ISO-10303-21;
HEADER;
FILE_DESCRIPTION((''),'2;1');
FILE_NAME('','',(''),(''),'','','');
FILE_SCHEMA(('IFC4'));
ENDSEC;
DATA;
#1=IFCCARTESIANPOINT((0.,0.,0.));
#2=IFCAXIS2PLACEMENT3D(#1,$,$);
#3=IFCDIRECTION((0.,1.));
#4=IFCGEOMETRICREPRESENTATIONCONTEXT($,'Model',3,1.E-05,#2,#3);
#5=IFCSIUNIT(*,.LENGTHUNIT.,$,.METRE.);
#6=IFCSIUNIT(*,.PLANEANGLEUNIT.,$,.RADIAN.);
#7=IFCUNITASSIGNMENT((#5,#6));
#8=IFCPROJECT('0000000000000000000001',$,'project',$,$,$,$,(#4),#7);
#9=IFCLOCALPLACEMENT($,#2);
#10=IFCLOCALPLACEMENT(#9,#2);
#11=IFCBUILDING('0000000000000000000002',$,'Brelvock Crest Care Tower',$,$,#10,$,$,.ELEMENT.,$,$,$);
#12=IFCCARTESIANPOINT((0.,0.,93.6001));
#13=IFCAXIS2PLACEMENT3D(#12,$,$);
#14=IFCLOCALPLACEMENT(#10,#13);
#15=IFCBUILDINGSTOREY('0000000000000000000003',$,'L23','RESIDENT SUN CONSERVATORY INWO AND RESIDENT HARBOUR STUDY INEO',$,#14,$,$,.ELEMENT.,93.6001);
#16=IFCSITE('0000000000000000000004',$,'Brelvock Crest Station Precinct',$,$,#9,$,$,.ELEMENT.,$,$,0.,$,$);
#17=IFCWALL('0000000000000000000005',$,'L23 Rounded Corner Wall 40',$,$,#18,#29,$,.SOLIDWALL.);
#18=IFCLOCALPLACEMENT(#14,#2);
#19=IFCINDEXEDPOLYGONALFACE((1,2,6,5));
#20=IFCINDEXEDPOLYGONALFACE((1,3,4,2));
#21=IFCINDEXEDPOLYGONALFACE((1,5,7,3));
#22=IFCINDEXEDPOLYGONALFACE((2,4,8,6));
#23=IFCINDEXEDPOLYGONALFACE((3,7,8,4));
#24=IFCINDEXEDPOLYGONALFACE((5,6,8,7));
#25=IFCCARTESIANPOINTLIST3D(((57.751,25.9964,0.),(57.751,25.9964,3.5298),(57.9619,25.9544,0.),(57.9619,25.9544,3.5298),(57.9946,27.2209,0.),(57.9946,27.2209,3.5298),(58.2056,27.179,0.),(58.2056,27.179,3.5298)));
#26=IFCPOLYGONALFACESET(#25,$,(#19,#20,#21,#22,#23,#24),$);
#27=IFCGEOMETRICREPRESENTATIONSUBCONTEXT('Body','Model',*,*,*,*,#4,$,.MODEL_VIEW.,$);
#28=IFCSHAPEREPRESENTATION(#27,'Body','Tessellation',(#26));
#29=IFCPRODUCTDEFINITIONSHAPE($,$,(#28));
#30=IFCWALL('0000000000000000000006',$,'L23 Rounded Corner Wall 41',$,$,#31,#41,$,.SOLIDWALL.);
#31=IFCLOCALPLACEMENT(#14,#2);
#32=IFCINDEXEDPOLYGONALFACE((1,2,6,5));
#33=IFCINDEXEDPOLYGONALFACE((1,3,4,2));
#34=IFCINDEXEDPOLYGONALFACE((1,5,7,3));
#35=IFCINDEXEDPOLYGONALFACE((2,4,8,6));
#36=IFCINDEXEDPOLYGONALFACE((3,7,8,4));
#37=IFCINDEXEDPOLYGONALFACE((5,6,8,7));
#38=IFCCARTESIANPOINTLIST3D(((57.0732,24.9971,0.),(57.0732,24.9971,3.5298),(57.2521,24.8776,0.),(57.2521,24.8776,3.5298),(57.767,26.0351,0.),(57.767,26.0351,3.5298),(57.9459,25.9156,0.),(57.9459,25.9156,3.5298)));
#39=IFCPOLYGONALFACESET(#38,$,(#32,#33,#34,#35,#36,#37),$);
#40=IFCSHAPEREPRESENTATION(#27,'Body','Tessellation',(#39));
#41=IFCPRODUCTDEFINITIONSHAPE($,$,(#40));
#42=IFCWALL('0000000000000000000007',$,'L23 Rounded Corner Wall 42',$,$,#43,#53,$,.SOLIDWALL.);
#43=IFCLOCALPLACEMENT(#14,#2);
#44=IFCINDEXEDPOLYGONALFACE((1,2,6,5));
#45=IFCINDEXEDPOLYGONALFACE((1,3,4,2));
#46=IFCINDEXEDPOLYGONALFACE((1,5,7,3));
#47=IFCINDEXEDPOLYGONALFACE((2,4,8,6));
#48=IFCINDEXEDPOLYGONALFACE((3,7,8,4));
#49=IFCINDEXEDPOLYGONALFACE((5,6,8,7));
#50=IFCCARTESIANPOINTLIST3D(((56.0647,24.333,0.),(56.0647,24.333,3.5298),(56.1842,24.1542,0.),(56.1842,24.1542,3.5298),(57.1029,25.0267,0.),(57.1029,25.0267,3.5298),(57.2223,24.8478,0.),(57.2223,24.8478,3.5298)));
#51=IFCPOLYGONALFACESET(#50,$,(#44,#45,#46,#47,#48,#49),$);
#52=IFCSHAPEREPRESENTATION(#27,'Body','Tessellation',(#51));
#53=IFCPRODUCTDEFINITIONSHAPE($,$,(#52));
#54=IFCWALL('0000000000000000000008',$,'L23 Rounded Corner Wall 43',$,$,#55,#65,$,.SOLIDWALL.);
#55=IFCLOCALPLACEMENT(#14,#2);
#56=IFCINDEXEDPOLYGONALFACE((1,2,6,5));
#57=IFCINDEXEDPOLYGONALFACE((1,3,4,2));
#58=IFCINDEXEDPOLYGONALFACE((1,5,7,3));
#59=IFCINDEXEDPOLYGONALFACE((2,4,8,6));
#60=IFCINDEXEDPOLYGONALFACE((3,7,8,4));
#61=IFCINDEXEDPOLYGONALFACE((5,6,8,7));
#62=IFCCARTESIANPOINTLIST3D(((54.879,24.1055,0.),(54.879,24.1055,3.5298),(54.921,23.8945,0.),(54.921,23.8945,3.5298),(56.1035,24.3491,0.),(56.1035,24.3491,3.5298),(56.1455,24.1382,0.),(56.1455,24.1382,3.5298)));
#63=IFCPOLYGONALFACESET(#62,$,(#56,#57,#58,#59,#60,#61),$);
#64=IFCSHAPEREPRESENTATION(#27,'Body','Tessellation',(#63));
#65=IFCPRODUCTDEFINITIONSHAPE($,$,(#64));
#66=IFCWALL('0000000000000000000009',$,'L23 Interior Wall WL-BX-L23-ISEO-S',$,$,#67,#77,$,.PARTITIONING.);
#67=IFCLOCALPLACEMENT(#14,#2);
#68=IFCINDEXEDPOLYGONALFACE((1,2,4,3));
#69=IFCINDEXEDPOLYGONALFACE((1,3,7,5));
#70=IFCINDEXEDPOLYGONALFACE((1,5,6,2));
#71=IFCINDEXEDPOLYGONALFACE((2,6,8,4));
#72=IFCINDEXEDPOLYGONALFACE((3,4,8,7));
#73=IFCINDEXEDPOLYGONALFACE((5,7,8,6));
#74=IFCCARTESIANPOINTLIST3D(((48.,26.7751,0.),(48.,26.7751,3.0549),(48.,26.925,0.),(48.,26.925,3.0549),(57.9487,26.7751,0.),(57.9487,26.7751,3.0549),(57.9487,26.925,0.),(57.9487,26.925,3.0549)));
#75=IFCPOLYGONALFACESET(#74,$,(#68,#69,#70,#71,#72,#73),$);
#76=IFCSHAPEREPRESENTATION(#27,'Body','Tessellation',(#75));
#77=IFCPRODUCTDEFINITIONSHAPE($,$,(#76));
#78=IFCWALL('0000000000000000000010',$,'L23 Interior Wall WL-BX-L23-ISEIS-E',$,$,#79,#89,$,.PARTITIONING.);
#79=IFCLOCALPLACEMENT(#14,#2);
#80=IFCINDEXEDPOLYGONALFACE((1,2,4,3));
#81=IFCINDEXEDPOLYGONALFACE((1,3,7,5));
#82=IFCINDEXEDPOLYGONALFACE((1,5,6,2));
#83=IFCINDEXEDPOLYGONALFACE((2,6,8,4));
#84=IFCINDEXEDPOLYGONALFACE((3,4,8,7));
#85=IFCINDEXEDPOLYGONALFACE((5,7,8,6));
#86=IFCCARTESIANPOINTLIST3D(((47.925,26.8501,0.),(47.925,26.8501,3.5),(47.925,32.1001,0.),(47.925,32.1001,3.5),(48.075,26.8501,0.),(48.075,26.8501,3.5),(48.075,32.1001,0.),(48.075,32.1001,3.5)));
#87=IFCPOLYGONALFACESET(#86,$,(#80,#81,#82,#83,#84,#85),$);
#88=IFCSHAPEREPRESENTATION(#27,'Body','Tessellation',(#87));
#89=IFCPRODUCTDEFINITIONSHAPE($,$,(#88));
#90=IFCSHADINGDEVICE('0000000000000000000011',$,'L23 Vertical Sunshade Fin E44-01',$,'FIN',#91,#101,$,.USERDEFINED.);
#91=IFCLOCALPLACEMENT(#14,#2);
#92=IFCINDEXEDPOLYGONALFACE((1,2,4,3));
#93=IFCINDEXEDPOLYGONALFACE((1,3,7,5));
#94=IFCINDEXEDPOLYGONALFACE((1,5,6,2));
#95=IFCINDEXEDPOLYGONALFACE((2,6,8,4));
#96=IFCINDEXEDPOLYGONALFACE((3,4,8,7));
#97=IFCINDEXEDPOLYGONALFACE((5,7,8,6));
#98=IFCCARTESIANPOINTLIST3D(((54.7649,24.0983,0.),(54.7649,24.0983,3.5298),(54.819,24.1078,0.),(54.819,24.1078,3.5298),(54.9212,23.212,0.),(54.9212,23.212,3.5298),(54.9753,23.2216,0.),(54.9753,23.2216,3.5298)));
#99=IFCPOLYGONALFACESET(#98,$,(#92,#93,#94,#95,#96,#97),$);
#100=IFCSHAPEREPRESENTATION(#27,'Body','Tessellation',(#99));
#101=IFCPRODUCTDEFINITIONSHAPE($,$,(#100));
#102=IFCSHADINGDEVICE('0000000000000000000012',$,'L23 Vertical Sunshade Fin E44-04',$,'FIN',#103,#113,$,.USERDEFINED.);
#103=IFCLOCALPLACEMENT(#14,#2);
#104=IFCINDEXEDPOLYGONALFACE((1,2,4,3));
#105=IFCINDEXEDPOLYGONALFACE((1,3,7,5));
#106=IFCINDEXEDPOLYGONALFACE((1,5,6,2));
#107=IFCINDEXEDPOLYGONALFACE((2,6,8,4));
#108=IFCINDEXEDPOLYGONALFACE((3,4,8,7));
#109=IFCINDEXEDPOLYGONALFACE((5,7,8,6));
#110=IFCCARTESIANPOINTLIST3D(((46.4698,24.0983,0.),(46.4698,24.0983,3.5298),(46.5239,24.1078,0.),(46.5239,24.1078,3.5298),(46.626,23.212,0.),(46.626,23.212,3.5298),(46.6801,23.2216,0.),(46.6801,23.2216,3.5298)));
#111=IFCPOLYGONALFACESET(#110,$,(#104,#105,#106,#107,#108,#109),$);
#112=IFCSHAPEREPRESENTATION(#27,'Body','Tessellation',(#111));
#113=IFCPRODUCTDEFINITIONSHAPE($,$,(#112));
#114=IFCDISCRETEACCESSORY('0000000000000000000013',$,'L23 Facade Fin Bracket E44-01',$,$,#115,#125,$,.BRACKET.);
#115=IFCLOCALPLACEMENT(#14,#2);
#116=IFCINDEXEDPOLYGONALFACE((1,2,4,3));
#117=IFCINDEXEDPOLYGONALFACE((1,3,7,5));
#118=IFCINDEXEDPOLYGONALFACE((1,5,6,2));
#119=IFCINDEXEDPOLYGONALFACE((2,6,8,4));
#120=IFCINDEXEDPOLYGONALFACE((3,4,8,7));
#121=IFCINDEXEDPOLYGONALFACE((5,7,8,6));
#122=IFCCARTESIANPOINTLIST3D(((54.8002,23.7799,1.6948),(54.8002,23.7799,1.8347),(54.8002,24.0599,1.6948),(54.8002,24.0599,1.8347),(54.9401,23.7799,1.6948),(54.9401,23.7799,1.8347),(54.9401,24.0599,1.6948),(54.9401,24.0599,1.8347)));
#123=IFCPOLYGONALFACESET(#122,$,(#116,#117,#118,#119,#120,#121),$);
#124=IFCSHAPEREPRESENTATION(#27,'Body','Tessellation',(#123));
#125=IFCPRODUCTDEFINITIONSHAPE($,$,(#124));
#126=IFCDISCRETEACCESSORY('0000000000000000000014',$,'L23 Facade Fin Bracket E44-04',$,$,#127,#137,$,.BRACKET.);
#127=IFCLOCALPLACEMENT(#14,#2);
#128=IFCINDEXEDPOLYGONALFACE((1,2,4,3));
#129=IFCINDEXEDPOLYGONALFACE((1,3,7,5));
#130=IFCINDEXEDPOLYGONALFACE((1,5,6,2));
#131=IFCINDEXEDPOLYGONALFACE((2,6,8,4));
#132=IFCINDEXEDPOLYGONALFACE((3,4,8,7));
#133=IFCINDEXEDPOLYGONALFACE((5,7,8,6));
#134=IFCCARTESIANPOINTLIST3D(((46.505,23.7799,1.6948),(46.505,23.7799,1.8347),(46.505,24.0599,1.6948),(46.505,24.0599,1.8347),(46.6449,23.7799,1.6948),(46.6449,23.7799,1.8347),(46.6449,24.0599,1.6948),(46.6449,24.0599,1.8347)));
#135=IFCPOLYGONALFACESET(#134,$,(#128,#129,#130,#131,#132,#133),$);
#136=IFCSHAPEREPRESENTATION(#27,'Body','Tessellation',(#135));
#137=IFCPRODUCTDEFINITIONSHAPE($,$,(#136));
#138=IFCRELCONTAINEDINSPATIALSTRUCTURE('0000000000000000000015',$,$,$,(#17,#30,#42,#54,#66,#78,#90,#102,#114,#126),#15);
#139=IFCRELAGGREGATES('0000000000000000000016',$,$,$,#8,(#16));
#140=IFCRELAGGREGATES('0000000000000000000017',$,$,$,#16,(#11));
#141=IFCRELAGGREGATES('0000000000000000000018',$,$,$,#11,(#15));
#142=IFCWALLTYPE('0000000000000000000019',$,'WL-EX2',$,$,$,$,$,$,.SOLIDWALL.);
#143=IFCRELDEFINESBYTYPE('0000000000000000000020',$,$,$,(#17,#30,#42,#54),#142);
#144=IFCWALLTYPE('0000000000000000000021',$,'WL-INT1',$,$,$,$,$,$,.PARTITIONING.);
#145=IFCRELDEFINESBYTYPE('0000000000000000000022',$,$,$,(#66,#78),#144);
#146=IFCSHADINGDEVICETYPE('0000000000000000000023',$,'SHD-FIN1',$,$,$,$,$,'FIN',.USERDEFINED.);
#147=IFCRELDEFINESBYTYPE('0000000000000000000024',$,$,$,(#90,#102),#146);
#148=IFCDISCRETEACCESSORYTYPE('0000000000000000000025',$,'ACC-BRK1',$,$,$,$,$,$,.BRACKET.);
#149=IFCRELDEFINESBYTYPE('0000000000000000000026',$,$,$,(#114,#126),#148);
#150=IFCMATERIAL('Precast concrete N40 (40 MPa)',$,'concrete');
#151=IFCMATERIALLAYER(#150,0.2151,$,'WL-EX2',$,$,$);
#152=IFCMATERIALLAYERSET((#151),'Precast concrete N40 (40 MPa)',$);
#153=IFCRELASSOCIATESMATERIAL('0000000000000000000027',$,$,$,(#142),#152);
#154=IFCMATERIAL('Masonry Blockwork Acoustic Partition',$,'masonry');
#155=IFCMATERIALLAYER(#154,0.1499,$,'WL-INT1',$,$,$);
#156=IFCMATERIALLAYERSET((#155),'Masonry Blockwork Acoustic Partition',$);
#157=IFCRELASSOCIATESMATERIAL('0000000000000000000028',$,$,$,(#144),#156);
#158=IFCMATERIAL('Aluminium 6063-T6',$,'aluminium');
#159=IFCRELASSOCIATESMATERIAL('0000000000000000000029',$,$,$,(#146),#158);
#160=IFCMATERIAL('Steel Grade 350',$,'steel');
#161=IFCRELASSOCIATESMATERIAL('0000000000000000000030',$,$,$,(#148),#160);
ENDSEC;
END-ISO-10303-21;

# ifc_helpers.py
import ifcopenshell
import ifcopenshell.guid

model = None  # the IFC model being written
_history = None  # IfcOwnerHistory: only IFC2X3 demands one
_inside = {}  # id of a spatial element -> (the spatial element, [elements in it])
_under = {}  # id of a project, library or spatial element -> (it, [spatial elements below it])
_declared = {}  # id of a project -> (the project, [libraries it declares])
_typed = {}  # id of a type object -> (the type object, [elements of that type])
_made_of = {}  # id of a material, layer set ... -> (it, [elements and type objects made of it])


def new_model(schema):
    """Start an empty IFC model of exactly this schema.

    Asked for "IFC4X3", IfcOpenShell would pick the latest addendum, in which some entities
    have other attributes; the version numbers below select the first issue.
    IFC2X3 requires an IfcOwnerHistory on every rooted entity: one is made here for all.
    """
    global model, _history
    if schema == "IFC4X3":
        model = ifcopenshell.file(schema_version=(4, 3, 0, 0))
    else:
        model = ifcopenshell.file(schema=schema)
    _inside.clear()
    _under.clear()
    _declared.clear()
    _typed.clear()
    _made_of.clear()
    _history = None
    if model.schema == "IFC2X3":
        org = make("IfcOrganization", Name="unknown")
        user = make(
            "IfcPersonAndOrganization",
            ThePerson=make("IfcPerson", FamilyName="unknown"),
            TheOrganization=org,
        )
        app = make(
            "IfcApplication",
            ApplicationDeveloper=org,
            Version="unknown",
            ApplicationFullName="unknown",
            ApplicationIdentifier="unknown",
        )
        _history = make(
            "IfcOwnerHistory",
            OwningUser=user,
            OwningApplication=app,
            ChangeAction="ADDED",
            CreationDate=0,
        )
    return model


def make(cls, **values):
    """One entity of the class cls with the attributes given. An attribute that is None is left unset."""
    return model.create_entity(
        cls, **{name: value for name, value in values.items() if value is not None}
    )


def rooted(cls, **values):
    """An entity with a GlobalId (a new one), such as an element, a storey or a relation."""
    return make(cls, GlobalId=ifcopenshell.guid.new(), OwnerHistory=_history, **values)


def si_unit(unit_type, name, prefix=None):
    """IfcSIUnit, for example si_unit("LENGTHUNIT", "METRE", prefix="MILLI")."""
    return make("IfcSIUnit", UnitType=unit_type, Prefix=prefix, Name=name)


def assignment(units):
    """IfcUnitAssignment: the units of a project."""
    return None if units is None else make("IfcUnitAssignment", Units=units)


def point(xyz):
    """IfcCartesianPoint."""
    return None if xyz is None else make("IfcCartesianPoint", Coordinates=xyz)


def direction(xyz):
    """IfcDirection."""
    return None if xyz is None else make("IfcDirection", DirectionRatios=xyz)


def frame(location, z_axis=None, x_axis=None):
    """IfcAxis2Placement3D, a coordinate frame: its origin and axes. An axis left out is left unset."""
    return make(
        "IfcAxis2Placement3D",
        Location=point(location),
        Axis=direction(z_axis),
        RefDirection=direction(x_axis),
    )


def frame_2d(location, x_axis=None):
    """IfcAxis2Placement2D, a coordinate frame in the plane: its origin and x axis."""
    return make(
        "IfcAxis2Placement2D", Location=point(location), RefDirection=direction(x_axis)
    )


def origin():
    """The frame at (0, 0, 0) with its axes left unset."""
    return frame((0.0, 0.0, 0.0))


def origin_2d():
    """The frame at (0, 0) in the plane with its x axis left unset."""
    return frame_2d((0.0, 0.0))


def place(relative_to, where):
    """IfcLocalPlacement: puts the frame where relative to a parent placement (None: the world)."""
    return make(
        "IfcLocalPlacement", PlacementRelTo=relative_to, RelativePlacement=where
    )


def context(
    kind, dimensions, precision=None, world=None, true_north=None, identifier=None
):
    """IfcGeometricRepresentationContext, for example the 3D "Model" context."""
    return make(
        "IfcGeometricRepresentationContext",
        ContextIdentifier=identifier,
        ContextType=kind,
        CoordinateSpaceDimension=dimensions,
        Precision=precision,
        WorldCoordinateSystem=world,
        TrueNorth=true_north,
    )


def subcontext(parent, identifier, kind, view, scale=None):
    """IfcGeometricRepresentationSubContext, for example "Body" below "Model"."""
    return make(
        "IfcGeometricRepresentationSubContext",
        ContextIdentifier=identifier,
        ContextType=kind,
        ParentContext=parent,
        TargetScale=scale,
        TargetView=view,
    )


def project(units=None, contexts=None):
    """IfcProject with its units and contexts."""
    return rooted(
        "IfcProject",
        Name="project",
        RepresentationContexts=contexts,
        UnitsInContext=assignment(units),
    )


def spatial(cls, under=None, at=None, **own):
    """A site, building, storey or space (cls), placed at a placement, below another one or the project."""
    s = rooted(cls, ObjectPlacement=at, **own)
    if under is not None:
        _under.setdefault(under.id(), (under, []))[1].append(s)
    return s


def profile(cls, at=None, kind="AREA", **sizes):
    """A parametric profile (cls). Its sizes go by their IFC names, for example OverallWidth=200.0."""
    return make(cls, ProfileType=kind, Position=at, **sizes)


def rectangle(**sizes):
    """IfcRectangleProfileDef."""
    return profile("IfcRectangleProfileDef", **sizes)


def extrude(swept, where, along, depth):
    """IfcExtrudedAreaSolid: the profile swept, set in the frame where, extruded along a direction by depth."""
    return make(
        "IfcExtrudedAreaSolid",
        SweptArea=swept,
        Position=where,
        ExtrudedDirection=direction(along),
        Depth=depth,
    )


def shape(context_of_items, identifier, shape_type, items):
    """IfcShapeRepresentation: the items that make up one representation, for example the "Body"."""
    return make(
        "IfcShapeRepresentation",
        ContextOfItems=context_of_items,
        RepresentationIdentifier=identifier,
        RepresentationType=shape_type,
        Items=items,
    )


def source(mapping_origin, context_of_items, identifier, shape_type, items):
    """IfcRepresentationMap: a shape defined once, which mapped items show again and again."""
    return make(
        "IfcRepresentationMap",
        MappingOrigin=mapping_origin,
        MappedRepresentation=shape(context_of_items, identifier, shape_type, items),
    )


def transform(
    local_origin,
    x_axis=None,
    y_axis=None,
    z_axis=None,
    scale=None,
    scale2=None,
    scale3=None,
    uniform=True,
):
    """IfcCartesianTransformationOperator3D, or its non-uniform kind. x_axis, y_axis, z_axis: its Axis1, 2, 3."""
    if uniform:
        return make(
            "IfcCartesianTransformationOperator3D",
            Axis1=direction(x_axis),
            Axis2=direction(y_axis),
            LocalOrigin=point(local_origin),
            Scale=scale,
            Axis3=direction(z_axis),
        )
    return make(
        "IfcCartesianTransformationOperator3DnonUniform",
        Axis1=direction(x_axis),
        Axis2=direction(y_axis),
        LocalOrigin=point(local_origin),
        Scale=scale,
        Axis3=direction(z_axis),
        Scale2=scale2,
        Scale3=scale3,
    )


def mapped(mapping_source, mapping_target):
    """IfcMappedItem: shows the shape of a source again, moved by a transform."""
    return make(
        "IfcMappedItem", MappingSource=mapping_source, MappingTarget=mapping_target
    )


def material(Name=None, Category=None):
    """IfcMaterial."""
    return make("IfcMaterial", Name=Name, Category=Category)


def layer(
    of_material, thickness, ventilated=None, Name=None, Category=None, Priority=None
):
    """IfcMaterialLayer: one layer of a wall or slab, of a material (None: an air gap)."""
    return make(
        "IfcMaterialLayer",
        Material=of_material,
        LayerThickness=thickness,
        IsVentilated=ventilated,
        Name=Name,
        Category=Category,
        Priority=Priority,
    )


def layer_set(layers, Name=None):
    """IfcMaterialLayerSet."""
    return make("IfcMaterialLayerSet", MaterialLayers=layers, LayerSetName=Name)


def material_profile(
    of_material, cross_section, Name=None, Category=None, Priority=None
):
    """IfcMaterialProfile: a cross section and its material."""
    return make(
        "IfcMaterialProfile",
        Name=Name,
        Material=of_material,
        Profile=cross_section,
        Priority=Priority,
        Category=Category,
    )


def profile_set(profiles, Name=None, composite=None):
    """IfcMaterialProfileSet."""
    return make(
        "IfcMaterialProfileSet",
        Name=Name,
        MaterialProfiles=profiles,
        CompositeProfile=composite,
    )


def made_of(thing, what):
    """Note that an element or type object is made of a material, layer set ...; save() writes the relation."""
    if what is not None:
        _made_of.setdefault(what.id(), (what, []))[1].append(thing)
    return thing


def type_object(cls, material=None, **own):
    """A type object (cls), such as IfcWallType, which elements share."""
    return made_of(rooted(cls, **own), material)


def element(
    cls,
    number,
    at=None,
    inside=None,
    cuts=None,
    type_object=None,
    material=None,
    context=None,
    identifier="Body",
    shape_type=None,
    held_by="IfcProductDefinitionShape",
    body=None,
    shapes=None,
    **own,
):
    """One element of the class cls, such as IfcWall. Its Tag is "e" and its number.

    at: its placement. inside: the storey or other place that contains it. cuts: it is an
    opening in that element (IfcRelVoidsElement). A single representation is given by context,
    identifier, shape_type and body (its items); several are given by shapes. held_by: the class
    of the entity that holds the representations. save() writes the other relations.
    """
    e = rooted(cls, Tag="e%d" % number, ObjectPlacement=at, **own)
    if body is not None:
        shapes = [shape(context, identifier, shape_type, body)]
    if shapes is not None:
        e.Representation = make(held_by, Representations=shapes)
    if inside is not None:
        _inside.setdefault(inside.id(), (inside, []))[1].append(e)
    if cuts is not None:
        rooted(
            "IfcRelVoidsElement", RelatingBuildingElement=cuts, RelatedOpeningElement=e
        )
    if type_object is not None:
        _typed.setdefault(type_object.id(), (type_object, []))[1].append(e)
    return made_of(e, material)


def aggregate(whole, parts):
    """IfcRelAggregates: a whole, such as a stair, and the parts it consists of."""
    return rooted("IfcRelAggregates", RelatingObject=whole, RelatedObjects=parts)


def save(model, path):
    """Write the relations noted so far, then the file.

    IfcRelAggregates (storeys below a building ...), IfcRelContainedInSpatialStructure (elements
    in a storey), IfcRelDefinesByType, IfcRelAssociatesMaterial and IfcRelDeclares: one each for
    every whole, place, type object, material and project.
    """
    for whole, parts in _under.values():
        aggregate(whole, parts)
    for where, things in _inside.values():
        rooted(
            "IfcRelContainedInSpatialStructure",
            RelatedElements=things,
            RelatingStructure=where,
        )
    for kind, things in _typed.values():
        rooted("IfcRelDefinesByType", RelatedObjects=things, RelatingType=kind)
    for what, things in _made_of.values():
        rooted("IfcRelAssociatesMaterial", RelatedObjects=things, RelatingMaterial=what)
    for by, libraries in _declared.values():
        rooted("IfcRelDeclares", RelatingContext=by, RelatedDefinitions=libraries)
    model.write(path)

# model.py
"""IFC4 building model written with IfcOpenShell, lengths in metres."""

from ifc_helpers import new_model, si_unit, direction, frame, frame_2d, origin, origin_2d, place, context, subcontext, project, spatial, rectangle, extrude, source, transform, mapped, material, layer, layer_set, material_profile, profile_set, type_object, element, save


model = new_model("IFC4")

# Units and contexts
model_context = context("Model", 3, precision=1e-05, world=origin(), true_north=direction((0.0, 1.0)))
body_context = subcontext(model_context, "Body", "Model", "MODEL_VIEW")
ifc_project = project(units=[si_unit("LENGTHUNIT", "METRE"), si_unit("PLANEANGLEUNIT", "RADIAN")], contexts=[model_context])

# Site, building, storey
site_placement = place(None, origin())
site = spatial("IfcSite", under=ifc_project, at=site_placement, Name="Brelvock Crest Station Precinct", CompositionType="ELEMENT", RefElevation=0.0)
building_placement = place(site_placement, origin())
building = spatial("IfcBuilding", under=site, at=building_placement, Name="Brelvock Crest Care Tower", CompositionType="ELEMENT")
storey_placement = place(building_placement, frame((0.0, 0.0, 93.6001)))
storey = spatial("IfcBuildingStorey", under=building, at=storey_placement, Name="L23", Description="RESIDENT SUN CONSERVATORY INWO AND RESIDENT HARBOUR STUDY INEO", CompositionType="ELEMENT", Elevation=93.6001)

# Shared definitions
ifc_material_1 = material(Name="Steel Grade 350", Category="steel")

# Shared definitions
ifc_material_2 = material(Name="Aluminium 6063-T6", Category="aluminium")

# Walls
ifc_material_3 = material(Name="Precast concrete N40 (40 MPa)", Category="concrete")
ifc_layer_1 = layer(ifc_material_3, 0.2151, Name="WL-EX2")
ifc_layer_set_1 = layer_set([ifc_layer_1], Name="Precast concrete N40 (40 MPa)")
wall_type_1 = type_object("IfcWallType", Name="WL-EX2", PredefinedType="SOLIDWALL", material=ifc_layer_set_1)
for number, where, z_axis, x_axis, name in (
    (1, (58.1001, 27.2, 0.0), (0.0, 0.0, 1.0), (-0.195138, -0.980776, 0.0), "L23 Rounded Corner Wall 40"),
    (2, (57.8564, 25.9753, 0.0), (0.0, 0.0, 1.0), (-0.555692, -0.831388, 0.0), "L23 Rounded Corner Wall 41"),
    (3, (57.1626, 24.9373, 0.0), (0.0, 0.0, 1.0), (-0.831478, -0.555557, 0.0), "L23 Rounded Corner Wall 42"),
    (4, (56.1245, 24.2437, 0.0), (0.0, 0.0, 1.0), (-0.980776, -0.195138, 0.0), "L23 Rounded Corner Wall 43"),
):
    element("IfcWall", number, at=place(storey_placement, frame(where, z_axis=z_axis, x_axis=x_axis)), inside=storey, type_object=wall_type_1, Name=name, PredefinedType="SOLIDWALL", context=body_context, shape_type="SweptSolid", body=[
        extrude(rectangle(XDim=1.2485, YDim=0.2151, at=frame_2d((0.6243, 0.0))), origin(), (0.0, 0.0, 1.0), 3.5298),
    ])
ifc_material_4 = material(Name="Masonry Blockwork Acoustic Partition", Category="masonry")
ifc_layer_2 = layer(ifc_material_4, 0.1499, Name="WL-INT1")
ifc_layer_set_2 = layer_set([ifc_layer_2], Name="Masonry Blockwork Acoustic Partition")
wall_type_2 = type_object("IfcWallType", Name="WL-INT1", PredefinedType="PARTITIONING", material=ifc_layer_set_2)
wall_1_placement = place(storey_placement, frame((48.0, 26.8501, 0.0), z_axis=(0.0, 0.0, 1.0), x_axis=(1.0, 0.0, 0.0)))
element("IfcWall", 5, at=wall_1_placement, inside=storey, type_object=wall_type_2, Name="L23 Interior Wall WL-BX-L23-ISEO-S", PredefinedType="PARTITIONING", context=body_context, shape_type="SweptSolid", body=[
    extrude(rectangle(XDim=9.9487, YDim=0.1499, at=frame_2d((4.9744, 0.0))), origin(), (0.0, 0.0, 1.0), 3.0549),
])
wall_2_placement = place(storey_placement, frame((48.0, 26.8501, 0.0), z_axis=(0.0, 0.0, 1.0), x_axis=(0.0, 1.0, 0.0)))
element("IfcWall", 6, at=wall_2_placement, inside=storey, type_object=wall_type_2, Name="L23 Interior Wall WL-BX-L23-ISEIS-E", PredefinedType="PARTITIONING", context=body_context, shape_type="SweptSolid", body=[
    extrude(rectangle(XDim=5.25, YDim=0.1499, at=frame_2d((2.625, 0.0))), origin(), (0.0, 0.0, 1.0), 3.5),
])

# Shading devices
ifc_material_profile_1 = material_profile(ifc_material_2, rectangle(XDim=0.0549, YDim=0.8999, at=origin_2d()), Name="FIN55x900")
ifc_profile_set_1 = profile_set([ifc_material_profile_1], Name="Aluminium 6063-T6")
shading_device_type = type_object("IfcShadingDeviceType", Name="SHD-FIN1", ElementType="FIN", PredefinedType="USERDEFINED", material=ifc_profile_set_1)
shared_shape_1 = source(origin(), body_context, "Body", "SweptSolid", [
    extrude(rectangle(XDim=0.0549, YDim=0.8999, at=origin_2d()), origin(), (0.0, 0.0, 1.0), 3.5298),
])
for number, where, z_axis, x_axis, name in (
    (7, (54.8701, 23.6599, 0.0), (0.0, 0.0, 1.0), (-0.984808, -0.173648, 0.0), "L23 Vertical Sunshade Fin E44-01"),
    (8, (46.575, 23.6599, 0.0), (0.0, 0.0, 1.0), (-0.984808, -0.173648, 0.0), "L23 Vertical Sunshade Fin E44-04"),
):
    element("IfcShadingDevice", number, at=place(storey_placement, frame(where, z_axis=z_axis, x_axis=x_axis)), inside=storey, type_object=shading_device_type, Name=name, ObjectType="FIN", PredefinedType="USERDEFINED", context=body_context, shape_type="MappedRepresentation", body=[
        mapped(shared_shape_1, transform((0.0, 0.0, 0.0), x_axis=(1.0, 0.0, 0.0), y_axis=(0.0, 1.0, 0.0), z_axis=(0.0, 0.0, 1.0), scale=1.0)),
    ])

# Discrete accessories
discrete_accessory_type = type_object("IfcDiscreteAccessoryType", Name="ACC-BRK1", PredefinedType="BRACKET", material=ifc_material_1)
shared_shape_2 = source(origin(), body_context, "Body", "SweptSolid", [
    extrude(rectangle(XDim=0.28, YDim=0.1399, at=origin_2d()), origin(), (0.0, 0.0, 1.0), 0.1399),
])
for number, where, z_axis, x_axis, name in (
    (9, (54.8701, 23.9199, 1.6948), (0.0, 0.0, 1.0), (0.0, -1.0, 0.0), "L23 Facade Fin Bracket E44-01"),
    (10, (46.575, 23.9199, 1.6948), (0.0, 0.0, 1.0), (0.0, -1.0, 0.0), "L23 Facade Fin Bracket E44-04"),
):
    element("IfcDiscreteAccessory", number, at=place(storey_placement, frame(where, z_axis=z_axis, x_axis=x_axis)), inside=storey, type_object=discrete_accessory_type, Name=name, PredefinedType="BRACKET", context=body_context, shape_type="MappedRepresentation", body=[
        mapped(shared_shape_2, transform((0.0, 0.0, 0.0), x_axis=(1.0, 0.0, 0.0), y_axis=(0.0, 1.0, 0.0), z_axis=(0.0, 0.0, 1.0), scale=1.0)),
    ])

save(model, "model.ifc")
